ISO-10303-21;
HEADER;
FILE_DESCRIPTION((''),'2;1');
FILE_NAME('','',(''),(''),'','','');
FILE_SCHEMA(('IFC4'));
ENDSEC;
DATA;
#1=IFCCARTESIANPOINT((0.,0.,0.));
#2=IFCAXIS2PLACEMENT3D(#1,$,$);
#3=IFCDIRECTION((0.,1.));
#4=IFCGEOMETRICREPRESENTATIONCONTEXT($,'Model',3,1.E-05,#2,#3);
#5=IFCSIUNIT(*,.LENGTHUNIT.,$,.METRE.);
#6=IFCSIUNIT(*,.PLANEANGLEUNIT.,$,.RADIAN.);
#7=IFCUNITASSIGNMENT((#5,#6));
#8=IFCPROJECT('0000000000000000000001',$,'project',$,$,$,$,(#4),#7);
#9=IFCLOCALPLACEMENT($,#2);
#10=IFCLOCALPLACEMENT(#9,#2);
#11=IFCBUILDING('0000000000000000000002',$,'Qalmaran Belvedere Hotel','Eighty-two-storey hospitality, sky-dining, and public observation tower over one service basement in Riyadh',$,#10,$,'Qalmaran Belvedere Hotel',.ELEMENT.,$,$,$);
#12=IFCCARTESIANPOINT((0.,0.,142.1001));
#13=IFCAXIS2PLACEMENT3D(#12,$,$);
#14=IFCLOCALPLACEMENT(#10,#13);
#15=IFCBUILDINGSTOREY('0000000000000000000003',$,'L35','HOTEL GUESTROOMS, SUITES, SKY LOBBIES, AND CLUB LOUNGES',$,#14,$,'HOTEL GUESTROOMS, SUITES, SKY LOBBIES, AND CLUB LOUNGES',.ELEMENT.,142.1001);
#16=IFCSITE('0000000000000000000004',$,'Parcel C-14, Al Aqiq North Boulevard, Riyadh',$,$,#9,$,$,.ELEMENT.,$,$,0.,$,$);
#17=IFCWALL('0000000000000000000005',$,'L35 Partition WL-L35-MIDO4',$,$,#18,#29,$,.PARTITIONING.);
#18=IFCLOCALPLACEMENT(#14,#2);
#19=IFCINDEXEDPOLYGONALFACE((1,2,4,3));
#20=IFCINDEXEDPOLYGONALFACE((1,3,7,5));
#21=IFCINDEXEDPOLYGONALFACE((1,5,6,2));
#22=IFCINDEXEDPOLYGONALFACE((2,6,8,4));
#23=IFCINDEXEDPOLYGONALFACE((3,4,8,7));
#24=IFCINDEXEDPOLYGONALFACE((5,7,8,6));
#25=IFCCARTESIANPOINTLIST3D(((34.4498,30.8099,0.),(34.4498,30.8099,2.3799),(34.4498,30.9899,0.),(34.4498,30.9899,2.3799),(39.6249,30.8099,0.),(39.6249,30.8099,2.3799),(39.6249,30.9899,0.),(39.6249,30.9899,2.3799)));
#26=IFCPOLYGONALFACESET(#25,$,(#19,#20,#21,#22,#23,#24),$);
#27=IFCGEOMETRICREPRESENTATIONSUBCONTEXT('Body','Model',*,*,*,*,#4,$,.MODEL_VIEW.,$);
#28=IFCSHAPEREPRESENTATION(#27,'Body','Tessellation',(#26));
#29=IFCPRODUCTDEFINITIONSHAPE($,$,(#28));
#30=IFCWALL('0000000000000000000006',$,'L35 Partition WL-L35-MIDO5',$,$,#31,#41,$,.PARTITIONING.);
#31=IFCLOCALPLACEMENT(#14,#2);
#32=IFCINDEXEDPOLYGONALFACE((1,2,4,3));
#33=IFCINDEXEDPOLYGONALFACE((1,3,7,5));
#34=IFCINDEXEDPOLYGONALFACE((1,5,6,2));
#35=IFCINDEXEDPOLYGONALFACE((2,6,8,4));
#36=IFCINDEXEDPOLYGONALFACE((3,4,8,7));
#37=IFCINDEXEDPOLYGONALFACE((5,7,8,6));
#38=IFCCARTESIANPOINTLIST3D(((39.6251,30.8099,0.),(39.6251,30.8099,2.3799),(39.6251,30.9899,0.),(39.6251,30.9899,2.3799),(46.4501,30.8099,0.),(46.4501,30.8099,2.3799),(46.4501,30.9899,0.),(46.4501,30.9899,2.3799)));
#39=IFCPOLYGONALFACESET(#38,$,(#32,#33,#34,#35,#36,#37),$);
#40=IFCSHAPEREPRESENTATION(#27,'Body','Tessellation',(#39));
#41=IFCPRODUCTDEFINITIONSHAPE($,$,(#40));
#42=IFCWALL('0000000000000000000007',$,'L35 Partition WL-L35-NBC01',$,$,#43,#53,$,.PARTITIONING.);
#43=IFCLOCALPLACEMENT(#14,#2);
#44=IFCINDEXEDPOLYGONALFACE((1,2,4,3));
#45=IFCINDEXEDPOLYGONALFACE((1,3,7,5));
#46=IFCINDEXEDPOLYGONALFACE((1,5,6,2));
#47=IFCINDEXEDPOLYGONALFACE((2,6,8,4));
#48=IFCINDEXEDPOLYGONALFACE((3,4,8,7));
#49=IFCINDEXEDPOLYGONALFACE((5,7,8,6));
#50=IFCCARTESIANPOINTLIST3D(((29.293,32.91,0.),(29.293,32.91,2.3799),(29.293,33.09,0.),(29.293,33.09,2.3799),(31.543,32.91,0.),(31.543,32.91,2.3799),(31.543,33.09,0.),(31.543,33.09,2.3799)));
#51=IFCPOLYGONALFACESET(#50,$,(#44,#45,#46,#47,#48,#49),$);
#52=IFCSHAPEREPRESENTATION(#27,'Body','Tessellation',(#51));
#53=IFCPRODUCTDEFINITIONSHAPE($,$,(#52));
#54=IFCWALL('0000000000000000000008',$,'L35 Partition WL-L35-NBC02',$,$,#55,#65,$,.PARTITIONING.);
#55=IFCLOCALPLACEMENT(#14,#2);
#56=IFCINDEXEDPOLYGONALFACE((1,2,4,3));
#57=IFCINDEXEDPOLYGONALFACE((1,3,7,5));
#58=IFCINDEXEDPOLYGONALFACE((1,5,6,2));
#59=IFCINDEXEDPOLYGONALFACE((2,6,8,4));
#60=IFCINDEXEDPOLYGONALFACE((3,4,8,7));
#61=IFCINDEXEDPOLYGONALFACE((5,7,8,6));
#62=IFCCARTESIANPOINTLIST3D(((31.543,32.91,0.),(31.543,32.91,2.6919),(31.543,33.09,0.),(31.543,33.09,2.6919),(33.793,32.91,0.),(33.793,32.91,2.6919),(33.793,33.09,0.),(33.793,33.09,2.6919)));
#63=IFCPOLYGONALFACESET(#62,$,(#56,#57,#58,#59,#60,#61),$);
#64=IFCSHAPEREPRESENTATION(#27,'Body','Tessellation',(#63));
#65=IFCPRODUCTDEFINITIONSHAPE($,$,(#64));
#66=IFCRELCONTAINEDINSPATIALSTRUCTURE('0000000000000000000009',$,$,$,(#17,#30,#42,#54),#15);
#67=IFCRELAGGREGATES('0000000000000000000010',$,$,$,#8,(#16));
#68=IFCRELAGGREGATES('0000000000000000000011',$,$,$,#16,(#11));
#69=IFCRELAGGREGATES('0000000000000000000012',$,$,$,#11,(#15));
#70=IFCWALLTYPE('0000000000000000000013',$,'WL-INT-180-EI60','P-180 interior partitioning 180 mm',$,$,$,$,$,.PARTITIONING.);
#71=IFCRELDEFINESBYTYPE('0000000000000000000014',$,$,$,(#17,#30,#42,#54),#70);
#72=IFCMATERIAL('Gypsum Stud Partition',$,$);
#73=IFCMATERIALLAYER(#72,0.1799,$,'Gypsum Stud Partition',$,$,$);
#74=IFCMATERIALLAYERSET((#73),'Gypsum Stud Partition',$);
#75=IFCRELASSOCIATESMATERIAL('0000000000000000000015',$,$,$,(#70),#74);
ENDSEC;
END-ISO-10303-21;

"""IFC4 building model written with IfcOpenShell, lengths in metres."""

from ifc_helpers import new_model, si_unit, direction, frame, frame_2d, origin, place, context, subcontext, project, spatial, rectangle, extrude, material, layer, layer_set, type_object, element, save


model = new_model("IFC4")

# Units and contexts
model_context = context("Model", 3, precision=1e-05, world=origin(), true_north=direction((0.0, 1.0)))
body_context = subcontext(model_context, "Body", "Model", "MODEL_VIEW")
ifc_project = project(units=[si_unit("LENGTHUNIT", "METRE"), si_unit("PLANEANGLEUNIT", "RADIAN")], contexts=[model_context])

# Site, building, storey
site_placement = place(None, origin())
site = spatial("IfcSite", under=ifc_project, at=site_placement, Name="Parcel C-14, Al Aqiq North Boulevard, Riyadh", CompositionType="ELEMENT", RefElevation=0.0)
building_placement = place(site_placement, origin())
building = spatial("IfcBuilding", under=site, at=building_placement, Name="Qalmaran Belvedere Hotel", Description="Eighty-two-storey hospitality, sky-dining, and public observation tower over one service basement in Riyadh", LongName="Qalmaran Belvedere Hotel", CompositionType="ELEMENT")
storey_placement = place(building_placement, frame((0.0, 0.0, 142.1001)))
storey = spatial("IfcBuildingStorey", under=building, at=storey_placement, Name="L35", Description="HOTEL GUESTROOMS, SUITES, SKY LOBBIES, AND CLUB LOUNGES", LongName="HOTEL GUESTROOMS, SUITES, SKY LOBBIES, AND CLUB LOUNGES", CompositionType="ELEMENT", Elevation=142.1001)

# Shared definitions
ifc_material_1 = material(Name="Gypsum Stud Partition")

# Shared definitions
ifc_layer_1 = layer(ifc_material_1, 0.1799, Name="Gypsum Stud Partition")
ifc_layer_set_1 = layer_set([ifc_layer_1], Name="Gypsum Stud Partition")
wall_type_1 = type_object("IfcWallType", Name="WL-INT-180-EI60", Description="P-180 interior partitioning 180 mm", PredefinedType="PARTITIONING", material=ifc_layer_set_1)

# Wall
wall_1_placement = place(storey_placement, frame((34.45, 30.8999, 0.0), z_axis=(0.0, 0.0, 1.0), x_axis=(1.0, 0.0, 0.0)))
element("IfcWall", 1, at=wall_1_placement, inside=storey, type_object=wall_type_1, Name="L35 Partition WL-L35-MIDO4", PredefinedType="PARTITIONING", context=body_context, shape_type="SweptSolid", body=[
    extrude(rectangle(XDim=5.175, YDim=0.1799, at=frame_2d((2.5874, 0.0))), origin(), (0.0, 0.0, 1.0), 2.3799),
])

# Walls
wall_2_placement = place(storey_placement, frame((39.625, 30.8999, 0.0), z_axis=(0.0, 0.0, 1.0), x_axis=(1.0, 0.0, 0.0)))
element("IfcWall", 2, at=wall_2_placement, inside=storey, type_object=wall_type_1, Name="L35 Partition WL-L35-MIDO5", PredefinedType="PARTITIONING", context=body_context, shape_type="SweptSolid", body=[
    extrude(rectangle(XDim=6.825, YDim=0.1799, at=frame_2d((3.4126, 0.0))), origin(), (0.0, 0.0, 1.0), 2.3799),
])
wall_3_placement = place(storey_placement, frame((29.293, 33.0, 0.0), z_axis=(0.0, 0.0, 1.0), x_axis=(1.0, 0.0, 0.0)))
element("IfcWall", 3, at=wall_3_placement, inside=storey, type_object=wall_type_1, Name="L35 Partition WL-L35-NBC01", PredefinedType="PARTITIONING", context=body_context, shape_type="SweptSolid", body=[
    extrude(rectangle(XDim=2.25, YDim=0.1799, at=frame_2d((1.125, 0.0))), origin(), (0.0, 0.0, 1.0), 2.3799),
])
wall_4_placement = place(storey_placement, frame((31.543, 33.0, 0.0), z_axis=(0.0, 0.0, 1.0), x_axis=(1.0, 0.0, 0.0)))
element("IfcWall", 4, at=wall_4_placement, inside=storey, type_object=wall_type_1, Name="L35 Partition WL-L35-NBC02", PredefinedType="PARTITIONING", context=body_context, shape_type="SweptSolid", body=[
    extrude(rectangle(XDim=2.25, YDim=0.1799, at=frame_2d((1.125, 0.0))), origin(), (0.0, 0.0, 1.0), 2.6919),
])

save(model, "model.ifc")
